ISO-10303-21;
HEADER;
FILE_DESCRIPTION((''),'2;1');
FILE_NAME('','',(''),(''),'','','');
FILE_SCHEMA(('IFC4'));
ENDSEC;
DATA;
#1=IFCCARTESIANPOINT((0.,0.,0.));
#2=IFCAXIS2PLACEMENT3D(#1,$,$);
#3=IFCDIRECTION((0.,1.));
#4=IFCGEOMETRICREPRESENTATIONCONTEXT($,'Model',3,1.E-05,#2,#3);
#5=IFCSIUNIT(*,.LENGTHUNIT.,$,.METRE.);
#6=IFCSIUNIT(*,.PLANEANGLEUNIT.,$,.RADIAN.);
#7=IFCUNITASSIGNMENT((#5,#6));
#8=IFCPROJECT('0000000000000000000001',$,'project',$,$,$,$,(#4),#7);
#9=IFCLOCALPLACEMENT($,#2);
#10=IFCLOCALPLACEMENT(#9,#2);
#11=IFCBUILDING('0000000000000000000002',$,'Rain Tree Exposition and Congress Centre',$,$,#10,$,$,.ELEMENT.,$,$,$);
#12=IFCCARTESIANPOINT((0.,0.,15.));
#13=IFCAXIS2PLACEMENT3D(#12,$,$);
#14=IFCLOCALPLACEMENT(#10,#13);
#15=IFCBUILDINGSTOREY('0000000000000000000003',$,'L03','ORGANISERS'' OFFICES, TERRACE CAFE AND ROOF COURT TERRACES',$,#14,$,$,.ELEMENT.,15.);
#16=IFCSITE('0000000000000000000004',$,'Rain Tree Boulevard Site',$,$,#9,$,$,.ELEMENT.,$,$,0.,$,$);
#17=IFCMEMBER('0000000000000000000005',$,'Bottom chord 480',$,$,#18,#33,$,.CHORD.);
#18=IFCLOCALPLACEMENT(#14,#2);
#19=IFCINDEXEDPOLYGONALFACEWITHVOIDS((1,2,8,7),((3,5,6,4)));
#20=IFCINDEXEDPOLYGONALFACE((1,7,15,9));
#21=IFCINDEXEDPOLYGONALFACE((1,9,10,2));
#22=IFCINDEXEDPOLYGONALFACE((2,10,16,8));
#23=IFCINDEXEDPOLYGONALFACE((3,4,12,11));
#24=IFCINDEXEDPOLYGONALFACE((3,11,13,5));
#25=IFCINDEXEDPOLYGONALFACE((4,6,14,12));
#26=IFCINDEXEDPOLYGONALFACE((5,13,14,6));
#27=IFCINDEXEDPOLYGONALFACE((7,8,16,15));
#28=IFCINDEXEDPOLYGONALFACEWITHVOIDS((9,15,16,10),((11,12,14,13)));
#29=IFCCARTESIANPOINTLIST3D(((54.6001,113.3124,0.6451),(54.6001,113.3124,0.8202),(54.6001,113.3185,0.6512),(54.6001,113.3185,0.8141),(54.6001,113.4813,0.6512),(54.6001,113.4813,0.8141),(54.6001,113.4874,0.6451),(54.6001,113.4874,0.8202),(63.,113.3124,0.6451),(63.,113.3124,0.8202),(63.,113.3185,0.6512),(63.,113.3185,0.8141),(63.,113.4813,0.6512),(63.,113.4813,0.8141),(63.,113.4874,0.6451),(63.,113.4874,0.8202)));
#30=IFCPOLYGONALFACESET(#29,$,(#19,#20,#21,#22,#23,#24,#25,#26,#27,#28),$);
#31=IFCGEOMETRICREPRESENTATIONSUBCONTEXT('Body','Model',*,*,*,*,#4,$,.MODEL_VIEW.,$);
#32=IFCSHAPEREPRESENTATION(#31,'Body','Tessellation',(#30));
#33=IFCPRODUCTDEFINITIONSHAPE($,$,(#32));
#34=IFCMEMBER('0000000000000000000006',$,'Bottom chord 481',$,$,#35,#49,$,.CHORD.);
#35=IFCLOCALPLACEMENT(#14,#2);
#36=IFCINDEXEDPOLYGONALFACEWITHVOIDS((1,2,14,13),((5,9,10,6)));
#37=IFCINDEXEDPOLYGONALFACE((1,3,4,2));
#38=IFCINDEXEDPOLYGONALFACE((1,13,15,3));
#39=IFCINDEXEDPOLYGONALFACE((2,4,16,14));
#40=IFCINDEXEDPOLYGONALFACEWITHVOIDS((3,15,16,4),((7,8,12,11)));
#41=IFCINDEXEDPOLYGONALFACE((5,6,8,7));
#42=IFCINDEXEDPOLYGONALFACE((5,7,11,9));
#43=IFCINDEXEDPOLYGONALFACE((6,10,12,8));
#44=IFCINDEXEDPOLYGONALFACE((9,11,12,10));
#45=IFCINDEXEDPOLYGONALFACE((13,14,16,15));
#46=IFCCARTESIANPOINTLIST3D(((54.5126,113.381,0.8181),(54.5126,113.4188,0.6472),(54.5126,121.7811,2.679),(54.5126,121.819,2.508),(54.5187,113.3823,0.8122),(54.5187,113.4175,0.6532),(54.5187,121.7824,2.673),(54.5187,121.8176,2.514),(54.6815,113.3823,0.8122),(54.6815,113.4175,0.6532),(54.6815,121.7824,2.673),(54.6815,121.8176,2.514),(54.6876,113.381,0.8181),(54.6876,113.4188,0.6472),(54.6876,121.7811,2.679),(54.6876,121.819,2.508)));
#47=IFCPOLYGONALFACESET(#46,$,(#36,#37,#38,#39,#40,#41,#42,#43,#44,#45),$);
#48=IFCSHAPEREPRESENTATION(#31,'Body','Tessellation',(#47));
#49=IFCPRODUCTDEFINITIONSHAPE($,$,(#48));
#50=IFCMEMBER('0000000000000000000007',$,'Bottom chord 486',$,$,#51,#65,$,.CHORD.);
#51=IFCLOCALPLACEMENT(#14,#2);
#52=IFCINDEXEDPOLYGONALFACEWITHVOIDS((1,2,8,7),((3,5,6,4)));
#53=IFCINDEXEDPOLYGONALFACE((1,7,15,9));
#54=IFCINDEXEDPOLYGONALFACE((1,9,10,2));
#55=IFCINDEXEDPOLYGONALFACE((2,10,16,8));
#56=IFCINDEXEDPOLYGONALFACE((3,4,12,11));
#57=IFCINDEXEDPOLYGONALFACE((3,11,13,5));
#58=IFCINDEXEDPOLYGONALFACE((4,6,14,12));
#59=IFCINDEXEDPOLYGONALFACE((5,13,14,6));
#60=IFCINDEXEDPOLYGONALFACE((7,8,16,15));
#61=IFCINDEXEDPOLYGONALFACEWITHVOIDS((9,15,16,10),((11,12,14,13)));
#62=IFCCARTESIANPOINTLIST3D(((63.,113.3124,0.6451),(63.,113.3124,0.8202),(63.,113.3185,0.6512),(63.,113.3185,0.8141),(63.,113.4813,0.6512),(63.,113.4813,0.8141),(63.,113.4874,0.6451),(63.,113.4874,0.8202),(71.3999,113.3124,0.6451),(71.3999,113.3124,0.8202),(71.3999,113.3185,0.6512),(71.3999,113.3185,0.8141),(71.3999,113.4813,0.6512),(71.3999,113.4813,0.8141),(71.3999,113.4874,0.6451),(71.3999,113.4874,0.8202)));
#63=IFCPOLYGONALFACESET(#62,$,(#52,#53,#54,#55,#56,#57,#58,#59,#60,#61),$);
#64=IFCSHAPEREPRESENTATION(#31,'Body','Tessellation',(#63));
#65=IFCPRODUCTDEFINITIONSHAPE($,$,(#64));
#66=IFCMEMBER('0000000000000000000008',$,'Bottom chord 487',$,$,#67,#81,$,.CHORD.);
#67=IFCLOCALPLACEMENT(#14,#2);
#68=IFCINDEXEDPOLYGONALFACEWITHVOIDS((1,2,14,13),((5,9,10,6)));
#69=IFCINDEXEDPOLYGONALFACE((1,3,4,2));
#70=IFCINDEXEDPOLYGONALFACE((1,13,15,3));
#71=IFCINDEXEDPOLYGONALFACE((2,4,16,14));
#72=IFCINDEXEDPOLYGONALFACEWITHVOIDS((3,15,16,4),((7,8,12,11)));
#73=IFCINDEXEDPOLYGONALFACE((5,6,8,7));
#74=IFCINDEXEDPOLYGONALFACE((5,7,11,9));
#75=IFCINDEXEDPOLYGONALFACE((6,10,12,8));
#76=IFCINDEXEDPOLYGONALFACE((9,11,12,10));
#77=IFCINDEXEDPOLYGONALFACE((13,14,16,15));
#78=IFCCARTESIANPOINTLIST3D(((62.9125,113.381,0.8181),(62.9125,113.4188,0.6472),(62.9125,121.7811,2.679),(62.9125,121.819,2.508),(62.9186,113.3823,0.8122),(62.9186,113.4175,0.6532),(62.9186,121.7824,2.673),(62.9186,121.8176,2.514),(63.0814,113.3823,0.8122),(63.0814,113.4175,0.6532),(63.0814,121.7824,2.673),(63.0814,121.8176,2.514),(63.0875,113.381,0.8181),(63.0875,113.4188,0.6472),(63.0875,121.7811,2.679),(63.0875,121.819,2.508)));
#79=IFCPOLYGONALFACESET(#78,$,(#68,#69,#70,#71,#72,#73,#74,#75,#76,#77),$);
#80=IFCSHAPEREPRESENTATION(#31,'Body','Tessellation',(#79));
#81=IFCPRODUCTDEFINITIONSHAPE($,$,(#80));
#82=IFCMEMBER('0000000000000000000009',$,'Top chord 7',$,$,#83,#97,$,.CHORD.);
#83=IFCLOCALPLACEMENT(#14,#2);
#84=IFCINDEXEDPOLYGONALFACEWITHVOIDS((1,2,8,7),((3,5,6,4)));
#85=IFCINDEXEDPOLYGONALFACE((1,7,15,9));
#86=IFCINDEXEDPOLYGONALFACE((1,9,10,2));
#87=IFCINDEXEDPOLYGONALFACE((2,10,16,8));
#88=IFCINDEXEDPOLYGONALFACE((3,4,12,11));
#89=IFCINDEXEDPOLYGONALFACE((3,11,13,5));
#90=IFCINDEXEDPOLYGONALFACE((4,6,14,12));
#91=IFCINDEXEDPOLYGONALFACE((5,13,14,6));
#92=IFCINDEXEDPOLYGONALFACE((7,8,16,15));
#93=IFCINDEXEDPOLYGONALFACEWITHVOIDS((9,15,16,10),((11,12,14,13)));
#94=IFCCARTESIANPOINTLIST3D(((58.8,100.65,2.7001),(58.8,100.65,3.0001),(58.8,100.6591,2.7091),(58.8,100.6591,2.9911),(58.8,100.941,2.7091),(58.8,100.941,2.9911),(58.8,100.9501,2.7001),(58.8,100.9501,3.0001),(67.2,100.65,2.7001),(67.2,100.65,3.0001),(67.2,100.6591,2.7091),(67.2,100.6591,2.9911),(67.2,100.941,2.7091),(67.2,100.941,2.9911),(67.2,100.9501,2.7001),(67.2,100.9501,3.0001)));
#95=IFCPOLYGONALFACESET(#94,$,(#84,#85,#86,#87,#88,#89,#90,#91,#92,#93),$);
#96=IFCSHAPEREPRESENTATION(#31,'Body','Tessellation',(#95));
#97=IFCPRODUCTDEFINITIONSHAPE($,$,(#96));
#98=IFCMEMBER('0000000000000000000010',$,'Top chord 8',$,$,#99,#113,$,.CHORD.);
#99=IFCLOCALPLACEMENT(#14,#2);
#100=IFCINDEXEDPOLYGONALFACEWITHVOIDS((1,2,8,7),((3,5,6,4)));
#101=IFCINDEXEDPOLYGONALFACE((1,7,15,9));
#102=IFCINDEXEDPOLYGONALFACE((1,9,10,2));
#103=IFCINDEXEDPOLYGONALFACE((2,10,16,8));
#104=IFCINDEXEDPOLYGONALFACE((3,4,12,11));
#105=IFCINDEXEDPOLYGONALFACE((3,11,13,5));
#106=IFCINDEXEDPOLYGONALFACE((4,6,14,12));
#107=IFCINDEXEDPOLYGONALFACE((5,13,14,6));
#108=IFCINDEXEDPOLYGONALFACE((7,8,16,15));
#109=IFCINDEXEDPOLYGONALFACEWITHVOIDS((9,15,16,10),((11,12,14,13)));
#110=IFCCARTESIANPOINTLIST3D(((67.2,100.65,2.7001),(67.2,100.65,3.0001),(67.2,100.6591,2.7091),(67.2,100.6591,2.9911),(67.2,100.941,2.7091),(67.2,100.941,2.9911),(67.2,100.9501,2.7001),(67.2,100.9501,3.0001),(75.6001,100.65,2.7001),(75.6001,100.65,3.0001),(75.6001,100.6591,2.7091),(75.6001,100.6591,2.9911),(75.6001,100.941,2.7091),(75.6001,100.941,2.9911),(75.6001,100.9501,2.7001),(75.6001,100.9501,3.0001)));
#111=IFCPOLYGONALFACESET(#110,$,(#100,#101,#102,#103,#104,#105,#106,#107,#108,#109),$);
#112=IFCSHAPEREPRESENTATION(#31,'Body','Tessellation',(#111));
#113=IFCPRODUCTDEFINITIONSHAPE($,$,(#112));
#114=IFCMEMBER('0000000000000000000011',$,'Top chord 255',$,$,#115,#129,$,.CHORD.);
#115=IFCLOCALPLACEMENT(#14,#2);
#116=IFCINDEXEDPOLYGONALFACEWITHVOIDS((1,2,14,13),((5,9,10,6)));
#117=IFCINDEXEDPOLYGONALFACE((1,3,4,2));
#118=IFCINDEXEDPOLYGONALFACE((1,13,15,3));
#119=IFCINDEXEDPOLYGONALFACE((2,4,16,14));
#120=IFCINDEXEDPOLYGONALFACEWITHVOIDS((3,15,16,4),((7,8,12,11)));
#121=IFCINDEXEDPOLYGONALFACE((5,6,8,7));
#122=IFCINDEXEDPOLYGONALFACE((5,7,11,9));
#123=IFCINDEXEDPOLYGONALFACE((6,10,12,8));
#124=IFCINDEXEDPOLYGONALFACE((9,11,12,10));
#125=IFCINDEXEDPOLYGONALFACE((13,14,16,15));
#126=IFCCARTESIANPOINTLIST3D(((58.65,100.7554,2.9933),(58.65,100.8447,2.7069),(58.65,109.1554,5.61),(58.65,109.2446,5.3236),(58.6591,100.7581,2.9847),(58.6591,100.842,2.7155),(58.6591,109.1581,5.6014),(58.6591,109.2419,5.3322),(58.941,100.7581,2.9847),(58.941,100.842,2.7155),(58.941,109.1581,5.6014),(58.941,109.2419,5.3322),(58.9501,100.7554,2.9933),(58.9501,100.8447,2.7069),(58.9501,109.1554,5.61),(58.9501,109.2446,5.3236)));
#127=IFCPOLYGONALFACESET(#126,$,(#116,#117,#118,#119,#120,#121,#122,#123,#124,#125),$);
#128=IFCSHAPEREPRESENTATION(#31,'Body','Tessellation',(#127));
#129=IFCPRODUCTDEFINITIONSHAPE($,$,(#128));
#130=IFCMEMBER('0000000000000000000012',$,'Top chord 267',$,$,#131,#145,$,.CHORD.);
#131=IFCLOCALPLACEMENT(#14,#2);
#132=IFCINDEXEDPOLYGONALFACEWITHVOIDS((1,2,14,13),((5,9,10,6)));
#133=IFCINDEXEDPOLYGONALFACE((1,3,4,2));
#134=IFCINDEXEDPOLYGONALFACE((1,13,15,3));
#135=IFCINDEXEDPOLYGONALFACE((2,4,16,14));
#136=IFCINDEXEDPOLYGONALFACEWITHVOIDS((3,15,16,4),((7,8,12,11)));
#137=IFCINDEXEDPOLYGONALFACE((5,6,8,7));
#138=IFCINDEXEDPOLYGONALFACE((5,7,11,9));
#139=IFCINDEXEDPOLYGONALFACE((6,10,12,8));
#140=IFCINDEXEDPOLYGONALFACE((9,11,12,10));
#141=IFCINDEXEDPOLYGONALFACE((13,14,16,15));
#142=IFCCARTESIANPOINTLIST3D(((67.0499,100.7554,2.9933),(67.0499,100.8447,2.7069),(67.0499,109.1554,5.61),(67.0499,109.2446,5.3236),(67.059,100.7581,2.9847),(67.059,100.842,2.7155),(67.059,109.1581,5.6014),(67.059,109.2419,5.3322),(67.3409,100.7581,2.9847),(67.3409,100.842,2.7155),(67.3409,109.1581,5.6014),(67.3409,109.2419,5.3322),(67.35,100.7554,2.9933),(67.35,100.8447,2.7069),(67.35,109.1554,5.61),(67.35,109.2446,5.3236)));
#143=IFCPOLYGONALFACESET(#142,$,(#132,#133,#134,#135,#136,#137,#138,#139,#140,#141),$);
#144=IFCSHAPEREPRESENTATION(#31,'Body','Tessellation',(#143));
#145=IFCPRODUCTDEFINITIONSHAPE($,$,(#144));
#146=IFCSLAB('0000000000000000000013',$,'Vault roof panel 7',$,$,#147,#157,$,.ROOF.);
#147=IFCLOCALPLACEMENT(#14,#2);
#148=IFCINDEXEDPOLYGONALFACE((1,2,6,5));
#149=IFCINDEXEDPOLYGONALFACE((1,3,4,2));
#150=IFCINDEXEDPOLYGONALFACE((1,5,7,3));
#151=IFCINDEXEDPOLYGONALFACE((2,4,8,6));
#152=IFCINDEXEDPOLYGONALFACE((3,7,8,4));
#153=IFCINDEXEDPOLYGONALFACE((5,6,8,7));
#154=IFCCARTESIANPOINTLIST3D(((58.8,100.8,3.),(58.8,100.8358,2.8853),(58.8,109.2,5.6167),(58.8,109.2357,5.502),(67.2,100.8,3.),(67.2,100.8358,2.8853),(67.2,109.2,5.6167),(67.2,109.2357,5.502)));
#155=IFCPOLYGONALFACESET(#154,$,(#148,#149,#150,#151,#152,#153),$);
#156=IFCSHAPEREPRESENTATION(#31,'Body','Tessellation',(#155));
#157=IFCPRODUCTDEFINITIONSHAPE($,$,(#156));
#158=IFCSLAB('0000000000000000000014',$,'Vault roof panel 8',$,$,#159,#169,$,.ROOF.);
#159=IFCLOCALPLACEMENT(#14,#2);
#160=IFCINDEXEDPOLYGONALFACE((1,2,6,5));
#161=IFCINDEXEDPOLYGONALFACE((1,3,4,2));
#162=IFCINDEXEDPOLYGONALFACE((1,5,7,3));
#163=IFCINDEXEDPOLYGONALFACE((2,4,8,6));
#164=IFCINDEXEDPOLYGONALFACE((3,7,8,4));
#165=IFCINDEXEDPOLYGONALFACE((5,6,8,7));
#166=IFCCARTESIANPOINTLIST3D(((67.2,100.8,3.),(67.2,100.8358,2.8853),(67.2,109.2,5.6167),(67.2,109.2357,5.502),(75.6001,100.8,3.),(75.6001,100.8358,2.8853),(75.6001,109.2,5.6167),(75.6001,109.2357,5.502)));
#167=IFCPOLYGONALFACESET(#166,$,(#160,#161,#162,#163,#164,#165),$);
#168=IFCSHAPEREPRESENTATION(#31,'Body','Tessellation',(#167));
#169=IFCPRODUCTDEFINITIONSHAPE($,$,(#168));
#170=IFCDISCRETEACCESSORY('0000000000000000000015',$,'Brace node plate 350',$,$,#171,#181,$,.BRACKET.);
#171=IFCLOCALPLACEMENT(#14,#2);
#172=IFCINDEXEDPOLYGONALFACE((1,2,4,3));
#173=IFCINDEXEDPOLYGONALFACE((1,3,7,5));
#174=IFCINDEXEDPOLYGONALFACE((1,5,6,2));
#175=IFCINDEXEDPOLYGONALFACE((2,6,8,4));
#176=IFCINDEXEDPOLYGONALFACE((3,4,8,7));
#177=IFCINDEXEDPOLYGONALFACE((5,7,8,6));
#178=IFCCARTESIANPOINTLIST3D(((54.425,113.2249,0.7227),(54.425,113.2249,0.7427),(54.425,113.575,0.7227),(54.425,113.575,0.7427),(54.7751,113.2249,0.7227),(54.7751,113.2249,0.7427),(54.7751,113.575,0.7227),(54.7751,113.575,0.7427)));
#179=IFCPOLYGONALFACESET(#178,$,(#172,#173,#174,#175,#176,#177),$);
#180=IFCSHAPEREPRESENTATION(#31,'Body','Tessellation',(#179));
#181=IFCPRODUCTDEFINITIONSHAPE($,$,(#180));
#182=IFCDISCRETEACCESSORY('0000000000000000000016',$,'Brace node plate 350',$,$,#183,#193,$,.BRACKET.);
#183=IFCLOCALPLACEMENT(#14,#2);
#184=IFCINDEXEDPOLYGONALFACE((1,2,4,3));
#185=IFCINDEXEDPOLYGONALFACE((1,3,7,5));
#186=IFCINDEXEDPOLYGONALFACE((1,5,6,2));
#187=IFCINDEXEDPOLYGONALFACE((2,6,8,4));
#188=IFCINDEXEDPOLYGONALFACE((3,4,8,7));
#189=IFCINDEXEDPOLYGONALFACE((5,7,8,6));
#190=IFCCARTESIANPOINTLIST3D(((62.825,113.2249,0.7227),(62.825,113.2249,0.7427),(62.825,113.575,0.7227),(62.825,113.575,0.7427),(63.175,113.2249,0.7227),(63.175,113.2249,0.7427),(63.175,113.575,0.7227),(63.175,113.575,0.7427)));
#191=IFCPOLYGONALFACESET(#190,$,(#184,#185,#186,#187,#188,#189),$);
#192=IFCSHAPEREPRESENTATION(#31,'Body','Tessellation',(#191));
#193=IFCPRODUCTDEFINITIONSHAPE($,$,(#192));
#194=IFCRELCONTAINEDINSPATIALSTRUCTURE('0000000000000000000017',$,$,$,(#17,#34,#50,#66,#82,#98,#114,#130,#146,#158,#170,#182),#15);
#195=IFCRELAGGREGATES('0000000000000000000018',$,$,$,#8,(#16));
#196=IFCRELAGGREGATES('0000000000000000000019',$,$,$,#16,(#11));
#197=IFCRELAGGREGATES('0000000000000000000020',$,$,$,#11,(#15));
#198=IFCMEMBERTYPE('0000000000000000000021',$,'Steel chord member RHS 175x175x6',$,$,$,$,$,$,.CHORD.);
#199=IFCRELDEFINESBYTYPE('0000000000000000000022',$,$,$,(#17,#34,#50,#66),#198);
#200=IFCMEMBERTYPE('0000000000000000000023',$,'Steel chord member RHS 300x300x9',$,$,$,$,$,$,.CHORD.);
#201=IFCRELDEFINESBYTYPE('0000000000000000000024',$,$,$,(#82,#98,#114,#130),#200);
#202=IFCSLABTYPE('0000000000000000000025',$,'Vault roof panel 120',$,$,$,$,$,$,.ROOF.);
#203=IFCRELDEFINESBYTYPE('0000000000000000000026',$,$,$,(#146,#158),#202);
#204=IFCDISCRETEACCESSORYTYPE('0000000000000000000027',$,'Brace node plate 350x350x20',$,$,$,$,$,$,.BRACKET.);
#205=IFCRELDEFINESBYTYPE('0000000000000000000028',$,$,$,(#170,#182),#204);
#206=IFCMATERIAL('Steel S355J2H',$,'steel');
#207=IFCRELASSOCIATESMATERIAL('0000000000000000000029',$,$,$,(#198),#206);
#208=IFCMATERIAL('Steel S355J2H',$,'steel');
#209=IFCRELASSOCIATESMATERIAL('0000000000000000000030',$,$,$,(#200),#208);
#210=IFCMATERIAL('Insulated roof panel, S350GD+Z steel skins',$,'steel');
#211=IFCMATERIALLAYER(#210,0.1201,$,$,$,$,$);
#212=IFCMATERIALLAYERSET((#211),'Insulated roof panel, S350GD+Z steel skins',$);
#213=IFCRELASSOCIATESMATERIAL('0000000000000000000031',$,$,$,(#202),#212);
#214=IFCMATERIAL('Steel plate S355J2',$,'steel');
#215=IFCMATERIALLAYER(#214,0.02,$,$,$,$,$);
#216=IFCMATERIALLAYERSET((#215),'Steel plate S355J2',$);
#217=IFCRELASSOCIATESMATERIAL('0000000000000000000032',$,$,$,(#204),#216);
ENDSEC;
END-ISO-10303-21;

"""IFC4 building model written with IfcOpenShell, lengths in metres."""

from ifc_helpers import new_model, si_unit, direction, frame, origin, origin_2d, place, context, subcontext, project, spatial, polyline, rectangle, hollow_rectangle, outline, extrude, material, layer, layer_set, material_profile, profile_set, type_object, element, save


model = new_model("IFC4")

# Units and contexts
model_context = context("Model", 3, precision=1e-05, world=origin(), true_north=direction((0.0, 1.0)))
body_context = subcontext(model_context, "Body", "Model", "MODEL_VIEW")
ifc_project = project(units=[si_unit("LENGTHUNIT", "METRE"), si_unit("PLANEANGLEUNIT", "RADIAN")], contexts=[model_context])

# Site, building, storey
site_placement = place(None, origin())
site = spatial("IfcSite", under=ifc_project, at=site_placement, Name="Rain Tree Boulevard Site", CompositionType="ELEMENT", RefElevation=0.0)
building_placement = place(site_placement, origin())
building = spatial("IfcBuilding", under=site, at=building_placement, Name="Rain Tree Exposition and Congress Centre", CompositionType="ELEMENT")
storey_placement = place(building_placement, frame((0.0, 0.0, 15.0)))
storey = spatial("IfcBuildingStorey", under=building, at=storey_placement, Name="L03", Description="ORGANISERS' OFFICES, TERRACE CAFE AND ROOF COURT TERRACES", CompositionType="ELEMENT", Elevation=15.0)

# Members
ifc_material_1 = material(Name="Steel S355J2H", Category="steel")
ifc_material_profile_1 = material_profile(ifc_material_1, hollow_rectangle(XDim=0.175, YDim=0.175, WallThickness=0.0061, at=origin_2d()), Name="RHS 175x175x6")
ifc_profile_set_1 = profile_set([ifc_material_profile_1], Name="Steel S355J2H")
member_type_1 = type_object("IfcMemberType", Name="Steel chord member RHS 175x175x6", PredefinedType="CHORD", material=ifc_profile_set_1)
member_1_placement = place(storey_placement, frame((54.6001, 113.3999, 0.7327), z_axis=(1.0, 0.0, 0.0), x_axis=(0.0, 1.0, 0.0)))
element("IfcMember", 1, at=member_1_placement, inside=storey, type_object=member_type_1, Name="Bottom chord 480", PredefinedType="CHORD", context=body_context, shape_type="SweptSolid", body=[
    extrude(hollow_rectangle(XDim=0.175, YDim=0.175, WallThickness=0.0061, at=origin_2d()), origin(), (0.0, 0.0, 1.0), 8.3999),
])
member_2_placement = place(storey_placement, frame((54.6001, 113.3999, 0.7327), z_axis=(0.0, 0.976331, 0.216281), x_axis=(-1.0, 0.0, 0.0)))
element("IfcMember", 2, at=member_2_placement, inside=storey, type_object=member_type_1, Name="Bottom chord 481", PredefinedType="CHORD", context=body_context, shape_type="SweptSolid", body=[
    extrude(hollow_rectangle(XDim=0.175, YDim=0.175, WallThickness=0.0061, at=origin_2d()), origin(), (0.0, 0.0, 1.0), 8.6038),
])
member_3_placement = place(storey_placement, frame((63.0, 113.3999, 0.7327), z_axis=(1.0, 0.0, 0.0), x_axis=(0.0, 1.0, 0.0)))
element("IfcMember", 3, at=member_3_placement, inside=storey, type_object=member_type_1, Name="Bottom chord 486", PredefinedType="CHORD", context=body_context, shape_type="SweptSolid", body=[
    extrude(hollow_rectangle(XDim=0.175, YDim=0.175, WallThickness=0.0061, at=origin_2d()), origin(), (0.0, 0.0, 1.0), 8.3999),
])
member_4_placement = place(storey_placement, frame((63.0, 113.3999, 0.7327), z_axis=(0.0, 0.976331, 0.216281), x_axis=(-1.0, 0.0, 0.0)))
element("IfcMember", 4, at=member_4_placement, inside=storey, type_object=member_type_1, Name="Bottom chord 487", PredefinedType="CHORD", context=body_context, shape_type="SweptSolid", body=[
    extrude(hollow_rectangle(XDim=0.175, YDim=0.175, WallThickness=0.0061, at=origin_2d()), origin(), (0.0, 0.0, 1.0), 8.6038),
])
ifc_material_2 = material(Name="Steel S355J2H", Category="steel")
ifc_material_profile_2 = material_profile(ifc_material_2, hollow_rectangle(XDim=0.3, YDim=0.3, WallThickness=0.009, at=origin_2d()), Name="RHS 300x300x9")
ifc_profile_set_2 = profile_set([ifc_material_profile_2], Name="Steel S355J2H")
member_type_2 = type_object("IfcMemberType", Name="Steel chord member RHS 300x300x9", PredefinedType="CHORD", material=ifc_profile_set_2)
member_5_placement = place(storey_placement, frame((58.8, 100.8, 2.8501), z_axis=(1.0, 0.0, 0.0), x_axis=(0.0, 1.0, 0.0)))
element("IfcMember", 5, at=member_5_placement, inside=storey, type_object=member_type_2, Name="Top chord 7", PredefinedType="CHORD", context=body_context, shape_type="SweptSolid", body=[
    extrude(hollow_rectangle(XDim=0.3, YDim=0.3, WallThickness=0.009, at=origin_2d()), origin(), (0.0, 0.0, 1.0), 8.3999),
])
member_6_placement = place(storey_placement, frame((67.2, 100.8, 2.8501), z_axis=(1.0, 0.0, 0.0), x_axis=(0.0, 1.0, 0.0)))
element("IfcMember", 6, at=member_6_placement, inside=storey, type_object=member_type_2, Name="Top chord 8", PredefinedType="CHORD", context=body_context, shape_type="SweptSolid", body=[
    extrude(hollow_rectangle(XDim=0.3, YDim=0.3, WallThickness=0.009, at=origin_2d()), origin(), (0.0, 0.0, 1.0), 8.4001),
])
for number, where, z_axis, x_axis, name in (
    (7, (58.8, 100.8, 2.8501), (0.0, 0.954747, 0.297418), (-1.0, 0.0, 0.0), "Top chord 255"),
    (8, (67.2, 100.8, 2.8501), (0.0, 0.954747, 0.297418), (-1.0, 0.0, 0.0), "Top chord 267"),
):
    element("IfcMember", number, at=place(storey_placement, frame(where, z_axis=z_axis, x_axis=x_axis)), inside=storey, type_object=member_type_2, Name=name, PredefinedType="CHORD", context=body_context, shape_type="SweptSolid", body=[
        extrude(hollow_rectangle(XDim=0.3, YDim=0.3, WallThickness=0.009, at=origin_2d()), origin(), (0.0, 0.0, 1.0), 8.7981),
    ])

# Slabs
ifc_material_3 = material(Name="Insulated roof panel, S350GD+Z steel skins", Category="steel")
ifc_layer_1 = layer(ifc_material_3, 0.1201)
ifc_layer_set_1 = layer_set([ifc_layer_1], Name="Insulated roof panel, S350GD+Z steel skins")
slab_type = type_object("IfcSlabType", Name="Vault roof panel 120", PredefinedType="ROOF", material=ifc_layer_set_1)
slab_1_placement = place(storey_placement, frame((58.8, 100.8, 3.0), z_axis=(0.0, -0.297418, 0.954747), x_axis=(1.0, 0.0, 0.0)))
element("IfcSlab", 9, at=slab_1_placement, inside=storey, type_object=slab_type, Name="Vault roof panel 7", PredefinedType="ROOF", context=body_context, shape_type="SweptSolid", body=[
    extrude(outline(polyline([(0.0, 0.0), (8.3999, 0.0), (8.3999, 8.798), (0.0, 8.798), (0.0, 0.0)])), origin(), (0.0, 0.0, -1.0), 0.1201),
])
slab_2_placement = place(storey_placement, frame((67.2, 100.8, 3.0), z_axis=(0.0, -0.297418, 0.954747), x_axis=(1.0, 0.0, 0.0)))
element("IfcSlab", 10, at=slab_2_placement, inside=storey, type_object=slab_type, Name="Vault roof panel 8", PredefinedType="ROOF", context=body_context, shape_type="SweptSolid", body=[
    extrude(outline(polyline([(0.0, 0.0), (8.4001, 0.0), (8.4001, 8.798), (0.0, 8.798), (0.0, 0.0)])), origin(), (0.0, 0.0, -1.0), 0.1201),
])

# Discrete accessories
ifc_material_4 = material(Name="Steel plate S355J2", Category="steel")
ifc_layer_2 = layer(ifc_material_4, 0.02)
ifc_layer_set_2 = layer_set([ifc_layer_2], Name="Steel plate S355J2")
discrete_accessory_type_1 = type_object("IfcDiscreteAccessoryType", Name="Brace node plate 350x350x20", PredefinedType="BRACKET", material=ifc_layer_set_2)
for number, where, z_axis, x_axis, name in (
    (11, (54.6001, 113.3999, 0.7227), (0.0, 0.0, 1.0), (1.0, 0.0, 0.0), "Brace node plate 350"),
    (12, (63.0, 113.3999, 0.7227), (0.0, 0.0, 1.0), (1.0, 0.0, 0.0), "Brace node plate 350"),
):
    element("IfcDiscreteAccessory", number, at=place(storey_placement, frame(where, z_axis=z_axis, x_axis=x_axis)), inside=storey, type_object=discrete_accessory_type_1, Name=name, PredefinedType="BRACKET", context=body_context, shape_type="SweptSolid", body=[
        extrude(rectangle(XDim=0.3501, YDim=0.3501, at=origin_2d()), origin(), (0.0, 0.0, 1.0), 0.02),
    ])

save(model, "model.ifc")
